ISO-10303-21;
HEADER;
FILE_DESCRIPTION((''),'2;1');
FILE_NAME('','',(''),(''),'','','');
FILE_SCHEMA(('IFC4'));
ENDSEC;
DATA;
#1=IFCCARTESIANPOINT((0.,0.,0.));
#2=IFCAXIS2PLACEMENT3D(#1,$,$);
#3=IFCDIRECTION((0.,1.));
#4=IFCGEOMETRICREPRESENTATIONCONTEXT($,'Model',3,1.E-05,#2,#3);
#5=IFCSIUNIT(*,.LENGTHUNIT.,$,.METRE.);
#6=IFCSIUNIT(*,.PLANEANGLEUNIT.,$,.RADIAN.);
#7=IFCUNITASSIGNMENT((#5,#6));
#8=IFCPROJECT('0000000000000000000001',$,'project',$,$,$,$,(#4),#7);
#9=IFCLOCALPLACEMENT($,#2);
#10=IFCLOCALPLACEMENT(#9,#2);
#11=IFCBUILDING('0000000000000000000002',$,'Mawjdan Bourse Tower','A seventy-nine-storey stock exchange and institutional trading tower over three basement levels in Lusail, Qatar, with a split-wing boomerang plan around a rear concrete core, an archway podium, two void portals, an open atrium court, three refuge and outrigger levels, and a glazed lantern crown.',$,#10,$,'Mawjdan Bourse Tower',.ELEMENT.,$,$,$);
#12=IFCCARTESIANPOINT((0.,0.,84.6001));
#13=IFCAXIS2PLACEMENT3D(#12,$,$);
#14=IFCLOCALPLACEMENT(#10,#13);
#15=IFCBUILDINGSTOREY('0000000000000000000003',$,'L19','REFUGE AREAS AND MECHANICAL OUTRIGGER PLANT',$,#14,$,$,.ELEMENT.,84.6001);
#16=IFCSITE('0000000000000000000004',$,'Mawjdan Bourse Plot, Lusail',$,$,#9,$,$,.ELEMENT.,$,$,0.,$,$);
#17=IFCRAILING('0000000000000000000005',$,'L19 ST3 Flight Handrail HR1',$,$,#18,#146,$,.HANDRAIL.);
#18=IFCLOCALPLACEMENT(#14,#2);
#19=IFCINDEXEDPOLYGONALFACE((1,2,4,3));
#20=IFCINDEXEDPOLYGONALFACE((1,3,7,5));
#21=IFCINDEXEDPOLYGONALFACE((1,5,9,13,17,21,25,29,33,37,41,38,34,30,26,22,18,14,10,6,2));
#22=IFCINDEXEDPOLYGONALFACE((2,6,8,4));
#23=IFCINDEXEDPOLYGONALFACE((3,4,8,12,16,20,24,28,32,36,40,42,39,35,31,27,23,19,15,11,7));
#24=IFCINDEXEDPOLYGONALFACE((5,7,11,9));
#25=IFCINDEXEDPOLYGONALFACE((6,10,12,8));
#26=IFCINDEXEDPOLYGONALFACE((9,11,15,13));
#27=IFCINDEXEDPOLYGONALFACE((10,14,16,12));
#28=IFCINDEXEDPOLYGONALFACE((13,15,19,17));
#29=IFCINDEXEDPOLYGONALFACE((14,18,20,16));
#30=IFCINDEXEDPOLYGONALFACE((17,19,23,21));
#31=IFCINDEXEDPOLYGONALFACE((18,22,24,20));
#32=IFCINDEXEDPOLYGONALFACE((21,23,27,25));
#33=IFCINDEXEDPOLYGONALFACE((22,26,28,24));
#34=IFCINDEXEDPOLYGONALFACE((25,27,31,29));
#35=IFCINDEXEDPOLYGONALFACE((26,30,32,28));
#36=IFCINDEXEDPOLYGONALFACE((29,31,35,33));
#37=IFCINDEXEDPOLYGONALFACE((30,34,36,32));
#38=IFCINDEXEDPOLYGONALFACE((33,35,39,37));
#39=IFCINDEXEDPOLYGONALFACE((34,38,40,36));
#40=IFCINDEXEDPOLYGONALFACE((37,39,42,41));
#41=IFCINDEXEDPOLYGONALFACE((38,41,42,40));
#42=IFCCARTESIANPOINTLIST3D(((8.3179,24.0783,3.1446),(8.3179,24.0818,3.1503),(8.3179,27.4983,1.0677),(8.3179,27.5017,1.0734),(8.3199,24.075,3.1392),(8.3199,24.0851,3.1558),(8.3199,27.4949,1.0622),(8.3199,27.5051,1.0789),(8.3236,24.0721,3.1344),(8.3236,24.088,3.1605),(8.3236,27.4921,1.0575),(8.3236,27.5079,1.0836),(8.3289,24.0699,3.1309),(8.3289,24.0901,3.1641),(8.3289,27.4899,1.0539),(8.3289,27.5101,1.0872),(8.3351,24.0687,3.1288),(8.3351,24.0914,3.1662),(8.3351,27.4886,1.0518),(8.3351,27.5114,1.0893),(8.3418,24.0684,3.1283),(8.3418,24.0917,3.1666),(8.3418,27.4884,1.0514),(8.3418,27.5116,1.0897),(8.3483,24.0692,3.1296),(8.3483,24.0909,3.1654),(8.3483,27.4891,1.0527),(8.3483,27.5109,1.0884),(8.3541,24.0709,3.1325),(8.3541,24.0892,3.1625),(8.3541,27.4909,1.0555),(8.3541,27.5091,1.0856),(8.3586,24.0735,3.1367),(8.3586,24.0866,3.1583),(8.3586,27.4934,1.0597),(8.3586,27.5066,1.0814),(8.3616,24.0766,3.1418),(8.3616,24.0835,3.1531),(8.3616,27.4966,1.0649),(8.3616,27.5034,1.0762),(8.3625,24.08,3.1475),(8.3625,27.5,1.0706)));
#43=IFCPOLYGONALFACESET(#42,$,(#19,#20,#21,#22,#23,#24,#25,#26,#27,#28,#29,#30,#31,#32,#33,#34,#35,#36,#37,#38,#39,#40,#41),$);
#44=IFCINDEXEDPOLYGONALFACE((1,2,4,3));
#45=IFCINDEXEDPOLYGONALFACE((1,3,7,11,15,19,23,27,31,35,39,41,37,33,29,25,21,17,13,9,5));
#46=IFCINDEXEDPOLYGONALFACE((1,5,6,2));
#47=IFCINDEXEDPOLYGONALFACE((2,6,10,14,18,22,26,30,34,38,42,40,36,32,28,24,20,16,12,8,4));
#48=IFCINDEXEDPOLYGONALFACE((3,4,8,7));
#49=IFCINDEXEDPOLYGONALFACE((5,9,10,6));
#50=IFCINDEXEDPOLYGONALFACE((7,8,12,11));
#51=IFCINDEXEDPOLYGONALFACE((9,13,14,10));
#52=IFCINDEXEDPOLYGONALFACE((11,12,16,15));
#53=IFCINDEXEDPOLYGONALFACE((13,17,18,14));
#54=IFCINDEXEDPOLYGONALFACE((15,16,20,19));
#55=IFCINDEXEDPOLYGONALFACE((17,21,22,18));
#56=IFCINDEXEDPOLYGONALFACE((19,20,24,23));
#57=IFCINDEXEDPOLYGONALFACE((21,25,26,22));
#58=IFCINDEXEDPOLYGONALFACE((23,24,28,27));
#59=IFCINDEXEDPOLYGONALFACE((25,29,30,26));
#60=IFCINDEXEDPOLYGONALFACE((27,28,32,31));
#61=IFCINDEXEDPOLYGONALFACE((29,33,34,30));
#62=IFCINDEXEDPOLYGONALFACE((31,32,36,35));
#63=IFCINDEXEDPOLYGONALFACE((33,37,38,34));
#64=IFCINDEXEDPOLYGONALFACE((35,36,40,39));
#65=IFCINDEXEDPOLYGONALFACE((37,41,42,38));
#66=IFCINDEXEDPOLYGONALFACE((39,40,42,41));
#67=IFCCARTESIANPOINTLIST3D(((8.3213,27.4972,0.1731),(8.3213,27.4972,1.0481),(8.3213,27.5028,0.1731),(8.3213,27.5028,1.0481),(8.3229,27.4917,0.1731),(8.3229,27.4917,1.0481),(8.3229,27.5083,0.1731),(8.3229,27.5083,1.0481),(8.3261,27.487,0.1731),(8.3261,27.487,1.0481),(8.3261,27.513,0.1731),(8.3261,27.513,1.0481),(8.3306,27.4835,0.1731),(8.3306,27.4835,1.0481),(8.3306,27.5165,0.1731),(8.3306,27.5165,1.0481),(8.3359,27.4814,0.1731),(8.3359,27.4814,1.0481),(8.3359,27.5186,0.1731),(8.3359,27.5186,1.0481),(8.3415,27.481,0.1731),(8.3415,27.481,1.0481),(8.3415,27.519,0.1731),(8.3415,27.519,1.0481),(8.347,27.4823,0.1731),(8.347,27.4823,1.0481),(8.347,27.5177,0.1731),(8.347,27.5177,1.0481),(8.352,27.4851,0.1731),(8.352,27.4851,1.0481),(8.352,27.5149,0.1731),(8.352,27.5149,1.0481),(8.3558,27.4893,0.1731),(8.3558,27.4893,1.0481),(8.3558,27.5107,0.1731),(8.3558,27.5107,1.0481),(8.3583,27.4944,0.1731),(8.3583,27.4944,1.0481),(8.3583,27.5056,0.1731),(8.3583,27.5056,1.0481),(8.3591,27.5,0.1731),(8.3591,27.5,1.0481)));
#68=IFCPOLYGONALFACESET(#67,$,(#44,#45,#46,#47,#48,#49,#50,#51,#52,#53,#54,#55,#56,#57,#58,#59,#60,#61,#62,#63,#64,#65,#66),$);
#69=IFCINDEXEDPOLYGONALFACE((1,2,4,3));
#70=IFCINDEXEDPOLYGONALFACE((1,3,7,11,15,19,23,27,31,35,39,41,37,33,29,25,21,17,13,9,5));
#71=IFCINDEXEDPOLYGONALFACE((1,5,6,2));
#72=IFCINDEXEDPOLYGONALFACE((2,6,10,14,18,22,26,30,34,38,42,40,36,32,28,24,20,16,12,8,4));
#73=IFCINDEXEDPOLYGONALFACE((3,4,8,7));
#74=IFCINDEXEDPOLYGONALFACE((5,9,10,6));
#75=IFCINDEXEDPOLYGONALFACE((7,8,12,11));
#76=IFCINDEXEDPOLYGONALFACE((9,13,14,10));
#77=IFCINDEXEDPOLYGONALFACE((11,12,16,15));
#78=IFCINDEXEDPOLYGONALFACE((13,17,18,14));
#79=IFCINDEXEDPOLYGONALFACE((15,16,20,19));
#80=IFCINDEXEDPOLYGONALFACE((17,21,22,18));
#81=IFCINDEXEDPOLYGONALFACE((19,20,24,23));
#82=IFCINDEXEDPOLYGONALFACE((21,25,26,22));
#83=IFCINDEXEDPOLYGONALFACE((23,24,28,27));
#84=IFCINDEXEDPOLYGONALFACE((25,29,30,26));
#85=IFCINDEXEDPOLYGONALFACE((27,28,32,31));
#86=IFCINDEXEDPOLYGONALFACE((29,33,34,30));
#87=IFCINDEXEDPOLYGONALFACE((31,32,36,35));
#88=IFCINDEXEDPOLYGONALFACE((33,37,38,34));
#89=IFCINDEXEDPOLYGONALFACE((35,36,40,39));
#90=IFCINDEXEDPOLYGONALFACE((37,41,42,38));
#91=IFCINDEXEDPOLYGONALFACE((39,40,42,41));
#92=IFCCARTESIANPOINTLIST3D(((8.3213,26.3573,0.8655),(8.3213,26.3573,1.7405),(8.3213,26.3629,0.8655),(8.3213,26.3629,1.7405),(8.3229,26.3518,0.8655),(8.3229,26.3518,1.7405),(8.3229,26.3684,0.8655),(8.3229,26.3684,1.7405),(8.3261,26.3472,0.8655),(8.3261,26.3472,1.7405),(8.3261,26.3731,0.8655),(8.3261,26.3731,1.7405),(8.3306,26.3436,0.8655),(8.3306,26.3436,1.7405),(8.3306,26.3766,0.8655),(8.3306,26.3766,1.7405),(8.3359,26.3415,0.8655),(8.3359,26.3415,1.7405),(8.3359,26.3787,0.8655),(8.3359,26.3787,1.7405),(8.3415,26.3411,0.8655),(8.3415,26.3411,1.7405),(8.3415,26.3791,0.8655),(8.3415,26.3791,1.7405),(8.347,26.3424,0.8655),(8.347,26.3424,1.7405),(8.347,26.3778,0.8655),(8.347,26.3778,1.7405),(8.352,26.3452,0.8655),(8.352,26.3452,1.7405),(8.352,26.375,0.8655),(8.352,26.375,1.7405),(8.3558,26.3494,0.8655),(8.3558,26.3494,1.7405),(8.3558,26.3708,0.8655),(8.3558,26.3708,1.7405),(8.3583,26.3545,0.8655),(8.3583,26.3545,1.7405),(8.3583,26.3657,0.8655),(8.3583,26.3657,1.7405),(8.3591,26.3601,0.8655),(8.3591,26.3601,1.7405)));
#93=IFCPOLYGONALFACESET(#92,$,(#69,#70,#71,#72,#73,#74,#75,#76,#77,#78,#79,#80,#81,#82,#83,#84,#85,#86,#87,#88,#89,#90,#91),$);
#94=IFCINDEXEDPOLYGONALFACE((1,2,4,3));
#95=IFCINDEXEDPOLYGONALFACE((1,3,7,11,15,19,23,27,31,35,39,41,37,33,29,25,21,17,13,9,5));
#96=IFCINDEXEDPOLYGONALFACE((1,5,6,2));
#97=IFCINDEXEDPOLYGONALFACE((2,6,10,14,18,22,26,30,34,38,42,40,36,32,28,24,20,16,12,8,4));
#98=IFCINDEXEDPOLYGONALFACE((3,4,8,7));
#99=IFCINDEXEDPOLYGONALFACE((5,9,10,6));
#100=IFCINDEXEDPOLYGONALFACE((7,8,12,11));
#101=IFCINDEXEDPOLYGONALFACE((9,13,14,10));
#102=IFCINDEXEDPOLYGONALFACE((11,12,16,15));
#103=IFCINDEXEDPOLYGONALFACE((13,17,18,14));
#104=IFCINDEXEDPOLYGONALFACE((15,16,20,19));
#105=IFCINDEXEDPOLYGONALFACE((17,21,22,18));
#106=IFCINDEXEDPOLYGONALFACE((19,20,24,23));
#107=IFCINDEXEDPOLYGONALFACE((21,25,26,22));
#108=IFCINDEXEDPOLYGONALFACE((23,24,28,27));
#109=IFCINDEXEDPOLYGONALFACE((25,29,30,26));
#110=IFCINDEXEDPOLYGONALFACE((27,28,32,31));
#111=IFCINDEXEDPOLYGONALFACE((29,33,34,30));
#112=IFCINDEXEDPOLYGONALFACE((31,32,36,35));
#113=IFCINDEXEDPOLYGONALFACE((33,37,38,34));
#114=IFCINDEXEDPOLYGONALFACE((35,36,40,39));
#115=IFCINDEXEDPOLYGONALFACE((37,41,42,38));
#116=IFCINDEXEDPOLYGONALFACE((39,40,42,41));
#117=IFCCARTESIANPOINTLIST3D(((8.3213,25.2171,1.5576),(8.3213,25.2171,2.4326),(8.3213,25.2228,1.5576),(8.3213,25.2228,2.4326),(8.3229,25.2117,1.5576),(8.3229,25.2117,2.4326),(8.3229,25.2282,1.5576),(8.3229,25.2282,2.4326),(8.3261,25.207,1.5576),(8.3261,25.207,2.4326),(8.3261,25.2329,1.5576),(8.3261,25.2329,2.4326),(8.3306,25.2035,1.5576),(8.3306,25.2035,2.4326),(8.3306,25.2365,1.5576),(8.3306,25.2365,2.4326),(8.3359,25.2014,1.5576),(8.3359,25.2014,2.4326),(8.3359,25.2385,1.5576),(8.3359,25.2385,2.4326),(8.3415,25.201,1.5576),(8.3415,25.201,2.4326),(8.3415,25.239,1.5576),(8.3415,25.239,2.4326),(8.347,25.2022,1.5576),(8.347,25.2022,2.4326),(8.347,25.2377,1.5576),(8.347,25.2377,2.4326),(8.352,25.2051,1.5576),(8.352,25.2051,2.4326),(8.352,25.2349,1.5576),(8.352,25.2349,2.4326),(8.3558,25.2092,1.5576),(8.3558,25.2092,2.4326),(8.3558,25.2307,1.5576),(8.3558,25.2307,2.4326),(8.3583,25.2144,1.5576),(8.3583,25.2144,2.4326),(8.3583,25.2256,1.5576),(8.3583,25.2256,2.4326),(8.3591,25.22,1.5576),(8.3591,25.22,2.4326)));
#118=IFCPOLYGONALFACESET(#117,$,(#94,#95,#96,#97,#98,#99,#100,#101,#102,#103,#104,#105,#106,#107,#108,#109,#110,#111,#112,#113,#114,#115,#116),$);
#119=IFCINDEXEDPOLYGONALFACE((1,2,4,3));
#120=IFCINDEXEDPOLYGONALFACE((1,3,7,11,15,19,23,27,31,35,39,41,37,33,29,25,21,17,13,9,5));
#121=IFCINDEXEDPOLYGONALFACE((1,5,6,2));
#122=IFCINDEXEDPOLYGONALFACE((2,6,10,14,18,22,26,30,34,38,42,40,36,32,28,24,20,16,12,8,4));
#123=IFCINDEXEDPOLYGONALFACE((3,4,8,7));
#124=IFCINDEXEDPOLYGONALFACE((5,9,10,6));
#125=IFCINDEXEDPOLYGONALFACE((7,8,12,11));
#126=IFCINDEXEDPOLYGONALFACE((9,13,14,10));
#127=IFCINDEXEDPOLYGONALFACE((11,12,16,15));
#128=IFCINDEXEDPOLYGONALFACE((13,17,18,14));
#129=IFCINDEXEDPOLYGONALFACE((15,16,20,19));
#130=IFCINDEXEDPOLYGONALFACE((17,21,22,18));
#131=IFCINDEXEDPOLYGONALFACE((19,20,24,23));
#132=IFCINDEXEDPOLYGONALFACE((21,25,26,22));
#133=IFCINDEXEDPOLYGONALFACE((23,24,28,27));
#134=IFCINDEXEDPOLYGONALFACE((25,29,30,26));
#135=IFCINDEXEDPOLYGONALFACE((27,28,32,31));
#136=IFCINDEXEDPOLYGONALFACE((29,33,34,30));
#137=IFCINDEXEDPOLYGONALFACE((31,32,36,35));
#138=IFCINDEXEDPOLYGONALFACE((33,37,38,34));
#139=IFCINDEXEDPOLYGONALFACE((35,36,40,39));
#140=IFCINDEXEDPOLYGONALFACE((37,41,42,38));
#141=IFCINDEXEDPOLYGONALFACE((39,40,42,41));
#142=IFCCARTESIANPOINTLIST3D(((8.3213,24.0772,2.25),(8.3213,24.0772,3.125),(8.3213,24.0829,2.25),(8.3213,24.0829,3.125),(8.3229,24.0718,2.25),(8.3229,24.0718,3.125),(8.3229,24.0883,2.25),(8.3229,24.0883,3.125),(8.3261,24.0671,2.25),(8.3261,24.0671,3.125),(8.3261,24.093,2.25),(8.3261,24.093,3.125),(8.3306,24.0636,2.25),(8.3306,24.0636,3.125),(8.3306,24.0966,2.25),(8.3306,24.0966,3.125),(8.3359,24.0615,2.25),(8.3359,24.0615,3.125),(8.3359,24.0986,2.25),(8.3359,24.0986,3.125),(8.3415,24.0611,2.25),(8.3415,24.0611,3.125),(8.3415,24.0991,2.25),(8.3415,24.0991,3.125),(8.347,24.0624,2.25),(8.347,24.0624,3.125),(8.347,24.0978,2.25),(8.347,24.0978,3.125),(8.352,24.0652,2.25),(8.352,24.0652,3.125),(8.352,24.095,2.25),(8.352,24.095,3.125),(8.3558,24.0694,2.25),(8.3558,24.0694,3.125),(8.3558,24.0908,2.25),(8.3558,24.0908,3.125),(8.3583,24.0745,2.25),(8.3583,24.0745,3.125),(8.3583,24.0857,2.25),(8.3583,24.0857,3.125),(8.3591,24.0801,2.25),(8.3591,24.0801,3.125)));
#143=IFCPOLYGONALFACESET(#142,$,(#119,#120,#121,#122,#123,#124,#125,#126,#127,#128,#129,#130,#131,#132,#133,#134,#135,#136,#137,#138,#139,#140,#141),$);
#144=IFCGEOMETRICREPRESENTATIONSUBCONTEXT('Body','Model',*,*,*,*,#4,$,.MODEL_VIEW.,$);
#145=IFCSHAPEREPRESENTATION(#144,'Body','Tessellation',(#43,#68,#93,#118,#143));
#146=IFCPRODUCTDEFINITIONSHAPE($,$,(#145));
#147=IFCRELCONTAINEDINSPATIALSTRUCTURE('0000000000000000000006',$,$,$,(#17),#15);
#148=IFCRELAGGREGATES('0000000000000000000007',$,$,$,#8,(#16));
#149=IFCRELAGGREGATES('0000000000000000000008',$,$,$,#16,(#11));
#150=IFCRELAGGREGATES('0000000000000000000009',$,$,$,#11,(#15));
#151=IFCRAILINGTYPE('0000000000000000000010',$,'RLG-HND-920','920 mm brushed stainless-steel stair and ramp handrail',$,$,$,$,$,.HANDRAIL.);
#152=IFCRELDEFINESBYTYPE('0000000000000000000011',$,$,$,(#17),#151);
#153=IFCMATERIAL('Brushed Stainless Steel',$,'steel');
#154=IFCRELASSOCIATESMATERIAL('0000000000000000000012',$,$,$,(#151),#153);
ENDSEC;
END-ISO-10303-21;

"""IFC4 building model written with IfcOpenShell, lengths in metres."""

from ifc_helpers import new_model, si_unit, direction, frame, origin, origin_2d, place, context, subcontext, project, spatial, circle, extrude, material, type_object, element, save


model = new_model("IFC4")

# Units and contexts
model_context = context("Model", 3, precision=1e-05, world=origin(), true_north=direction((0.0, 1.0)))
body_context = subcontext(model_context, "Body", "Model", "MODEL_VIEW")
ifc_project = project(units=[si_unit("LENGTHUNIT", "METRE"), si_unit("PLANEANGLEUNIT", "RADIAN")], contexts=[model_context])

# Site, building, storey
site_placement = place(None, origin())
site = spatial("IfcSite", under=ifc_project, at=site_placement, Name="Mawjdan Bourse Plot, Lusail", CompositionType="ELEMENT", RefElevation=0.0)
building_placement = place(site_placement, origin())
building = spatial("IfcBuilding", under=site, at=building_placement, Name="Mawjdan Bourse Tower", Description="A seventy-nine-storey stock exchange and institutional trading tower over three basement levels in Lusail, Qatar, with a split-wing boomerang plan around a rear concrete core, an archway podium, two void portals, an open atrium court, three refuge and outrigger levels, and a glazed lantern crown.", LongName="Mawjdan Bourse Tower", CompositionType="ELEMENT")
storey_placement = place(building_placement, frame((0.0, 0.0, 84.6001)))
storey = spatial("IfcBuildingStorey", under=building, at=storey_placement, Name="L19", Description="REFUGE AREAS AND MECHANICAL OUTRIGGER PLANT", CompositionType="ELEMENT", Elevation=84.6001)

# Railing
ifc_material_1 = material(Name="Brushed Stainless Steel", Category="steel")
railing_type_1 = type_object("IfcRailingType", Name="RLG-HND-920", Description="920 mm brushed stainless-steel stair and ramp handrail", PredefinedType="HANDRAIL", material=ifc_material_1)
railing_1_placement = place(storey_placement, frame((8.3401, 27.5, 0.1731)))
element("IfcRailing", 1, at=railing_1_placement, inside=storey, type_object=railing_type_1, Name="L19 ST3 Flight Handrail HR1", PredefinedType="HANDRAIL", context=body_context, shape_type="SweptSolid", body=[
    extrude(circle(Radius=0.0225, at=origin_2d()), frame((0.0, 0.0, 0.8975), z_axis=(0.0, -0.85473, 0.519074), x_axis=(1.0, 0.0, 0.0)), (0.0, 0.0, 1.0), 4.0012),
    extrude(circle(Radius=0.019, at=origin_2d()), origin(), (0.0, 0.0, 1.0), 0.875),
    extrude(circle(Radius=0.019, at=origin_2d()), frame((0.0, -1.1399, 0.6924)), (0.0, 0.0, 1.0), 0.875),
    extrude(circle(Radius=0.019, at=origin_2d()), frame((0.0, -2.28, 1.3845)), (0.0, 0.0, 1.0), 0.875),
    extrude(circle(Radius=0.019, at=origin_2d()), frame((0.0, -3.4199, 2.0769)), (0.0, 0.0, 1.0), 0.875),
])

save(model, "model.ifc")
